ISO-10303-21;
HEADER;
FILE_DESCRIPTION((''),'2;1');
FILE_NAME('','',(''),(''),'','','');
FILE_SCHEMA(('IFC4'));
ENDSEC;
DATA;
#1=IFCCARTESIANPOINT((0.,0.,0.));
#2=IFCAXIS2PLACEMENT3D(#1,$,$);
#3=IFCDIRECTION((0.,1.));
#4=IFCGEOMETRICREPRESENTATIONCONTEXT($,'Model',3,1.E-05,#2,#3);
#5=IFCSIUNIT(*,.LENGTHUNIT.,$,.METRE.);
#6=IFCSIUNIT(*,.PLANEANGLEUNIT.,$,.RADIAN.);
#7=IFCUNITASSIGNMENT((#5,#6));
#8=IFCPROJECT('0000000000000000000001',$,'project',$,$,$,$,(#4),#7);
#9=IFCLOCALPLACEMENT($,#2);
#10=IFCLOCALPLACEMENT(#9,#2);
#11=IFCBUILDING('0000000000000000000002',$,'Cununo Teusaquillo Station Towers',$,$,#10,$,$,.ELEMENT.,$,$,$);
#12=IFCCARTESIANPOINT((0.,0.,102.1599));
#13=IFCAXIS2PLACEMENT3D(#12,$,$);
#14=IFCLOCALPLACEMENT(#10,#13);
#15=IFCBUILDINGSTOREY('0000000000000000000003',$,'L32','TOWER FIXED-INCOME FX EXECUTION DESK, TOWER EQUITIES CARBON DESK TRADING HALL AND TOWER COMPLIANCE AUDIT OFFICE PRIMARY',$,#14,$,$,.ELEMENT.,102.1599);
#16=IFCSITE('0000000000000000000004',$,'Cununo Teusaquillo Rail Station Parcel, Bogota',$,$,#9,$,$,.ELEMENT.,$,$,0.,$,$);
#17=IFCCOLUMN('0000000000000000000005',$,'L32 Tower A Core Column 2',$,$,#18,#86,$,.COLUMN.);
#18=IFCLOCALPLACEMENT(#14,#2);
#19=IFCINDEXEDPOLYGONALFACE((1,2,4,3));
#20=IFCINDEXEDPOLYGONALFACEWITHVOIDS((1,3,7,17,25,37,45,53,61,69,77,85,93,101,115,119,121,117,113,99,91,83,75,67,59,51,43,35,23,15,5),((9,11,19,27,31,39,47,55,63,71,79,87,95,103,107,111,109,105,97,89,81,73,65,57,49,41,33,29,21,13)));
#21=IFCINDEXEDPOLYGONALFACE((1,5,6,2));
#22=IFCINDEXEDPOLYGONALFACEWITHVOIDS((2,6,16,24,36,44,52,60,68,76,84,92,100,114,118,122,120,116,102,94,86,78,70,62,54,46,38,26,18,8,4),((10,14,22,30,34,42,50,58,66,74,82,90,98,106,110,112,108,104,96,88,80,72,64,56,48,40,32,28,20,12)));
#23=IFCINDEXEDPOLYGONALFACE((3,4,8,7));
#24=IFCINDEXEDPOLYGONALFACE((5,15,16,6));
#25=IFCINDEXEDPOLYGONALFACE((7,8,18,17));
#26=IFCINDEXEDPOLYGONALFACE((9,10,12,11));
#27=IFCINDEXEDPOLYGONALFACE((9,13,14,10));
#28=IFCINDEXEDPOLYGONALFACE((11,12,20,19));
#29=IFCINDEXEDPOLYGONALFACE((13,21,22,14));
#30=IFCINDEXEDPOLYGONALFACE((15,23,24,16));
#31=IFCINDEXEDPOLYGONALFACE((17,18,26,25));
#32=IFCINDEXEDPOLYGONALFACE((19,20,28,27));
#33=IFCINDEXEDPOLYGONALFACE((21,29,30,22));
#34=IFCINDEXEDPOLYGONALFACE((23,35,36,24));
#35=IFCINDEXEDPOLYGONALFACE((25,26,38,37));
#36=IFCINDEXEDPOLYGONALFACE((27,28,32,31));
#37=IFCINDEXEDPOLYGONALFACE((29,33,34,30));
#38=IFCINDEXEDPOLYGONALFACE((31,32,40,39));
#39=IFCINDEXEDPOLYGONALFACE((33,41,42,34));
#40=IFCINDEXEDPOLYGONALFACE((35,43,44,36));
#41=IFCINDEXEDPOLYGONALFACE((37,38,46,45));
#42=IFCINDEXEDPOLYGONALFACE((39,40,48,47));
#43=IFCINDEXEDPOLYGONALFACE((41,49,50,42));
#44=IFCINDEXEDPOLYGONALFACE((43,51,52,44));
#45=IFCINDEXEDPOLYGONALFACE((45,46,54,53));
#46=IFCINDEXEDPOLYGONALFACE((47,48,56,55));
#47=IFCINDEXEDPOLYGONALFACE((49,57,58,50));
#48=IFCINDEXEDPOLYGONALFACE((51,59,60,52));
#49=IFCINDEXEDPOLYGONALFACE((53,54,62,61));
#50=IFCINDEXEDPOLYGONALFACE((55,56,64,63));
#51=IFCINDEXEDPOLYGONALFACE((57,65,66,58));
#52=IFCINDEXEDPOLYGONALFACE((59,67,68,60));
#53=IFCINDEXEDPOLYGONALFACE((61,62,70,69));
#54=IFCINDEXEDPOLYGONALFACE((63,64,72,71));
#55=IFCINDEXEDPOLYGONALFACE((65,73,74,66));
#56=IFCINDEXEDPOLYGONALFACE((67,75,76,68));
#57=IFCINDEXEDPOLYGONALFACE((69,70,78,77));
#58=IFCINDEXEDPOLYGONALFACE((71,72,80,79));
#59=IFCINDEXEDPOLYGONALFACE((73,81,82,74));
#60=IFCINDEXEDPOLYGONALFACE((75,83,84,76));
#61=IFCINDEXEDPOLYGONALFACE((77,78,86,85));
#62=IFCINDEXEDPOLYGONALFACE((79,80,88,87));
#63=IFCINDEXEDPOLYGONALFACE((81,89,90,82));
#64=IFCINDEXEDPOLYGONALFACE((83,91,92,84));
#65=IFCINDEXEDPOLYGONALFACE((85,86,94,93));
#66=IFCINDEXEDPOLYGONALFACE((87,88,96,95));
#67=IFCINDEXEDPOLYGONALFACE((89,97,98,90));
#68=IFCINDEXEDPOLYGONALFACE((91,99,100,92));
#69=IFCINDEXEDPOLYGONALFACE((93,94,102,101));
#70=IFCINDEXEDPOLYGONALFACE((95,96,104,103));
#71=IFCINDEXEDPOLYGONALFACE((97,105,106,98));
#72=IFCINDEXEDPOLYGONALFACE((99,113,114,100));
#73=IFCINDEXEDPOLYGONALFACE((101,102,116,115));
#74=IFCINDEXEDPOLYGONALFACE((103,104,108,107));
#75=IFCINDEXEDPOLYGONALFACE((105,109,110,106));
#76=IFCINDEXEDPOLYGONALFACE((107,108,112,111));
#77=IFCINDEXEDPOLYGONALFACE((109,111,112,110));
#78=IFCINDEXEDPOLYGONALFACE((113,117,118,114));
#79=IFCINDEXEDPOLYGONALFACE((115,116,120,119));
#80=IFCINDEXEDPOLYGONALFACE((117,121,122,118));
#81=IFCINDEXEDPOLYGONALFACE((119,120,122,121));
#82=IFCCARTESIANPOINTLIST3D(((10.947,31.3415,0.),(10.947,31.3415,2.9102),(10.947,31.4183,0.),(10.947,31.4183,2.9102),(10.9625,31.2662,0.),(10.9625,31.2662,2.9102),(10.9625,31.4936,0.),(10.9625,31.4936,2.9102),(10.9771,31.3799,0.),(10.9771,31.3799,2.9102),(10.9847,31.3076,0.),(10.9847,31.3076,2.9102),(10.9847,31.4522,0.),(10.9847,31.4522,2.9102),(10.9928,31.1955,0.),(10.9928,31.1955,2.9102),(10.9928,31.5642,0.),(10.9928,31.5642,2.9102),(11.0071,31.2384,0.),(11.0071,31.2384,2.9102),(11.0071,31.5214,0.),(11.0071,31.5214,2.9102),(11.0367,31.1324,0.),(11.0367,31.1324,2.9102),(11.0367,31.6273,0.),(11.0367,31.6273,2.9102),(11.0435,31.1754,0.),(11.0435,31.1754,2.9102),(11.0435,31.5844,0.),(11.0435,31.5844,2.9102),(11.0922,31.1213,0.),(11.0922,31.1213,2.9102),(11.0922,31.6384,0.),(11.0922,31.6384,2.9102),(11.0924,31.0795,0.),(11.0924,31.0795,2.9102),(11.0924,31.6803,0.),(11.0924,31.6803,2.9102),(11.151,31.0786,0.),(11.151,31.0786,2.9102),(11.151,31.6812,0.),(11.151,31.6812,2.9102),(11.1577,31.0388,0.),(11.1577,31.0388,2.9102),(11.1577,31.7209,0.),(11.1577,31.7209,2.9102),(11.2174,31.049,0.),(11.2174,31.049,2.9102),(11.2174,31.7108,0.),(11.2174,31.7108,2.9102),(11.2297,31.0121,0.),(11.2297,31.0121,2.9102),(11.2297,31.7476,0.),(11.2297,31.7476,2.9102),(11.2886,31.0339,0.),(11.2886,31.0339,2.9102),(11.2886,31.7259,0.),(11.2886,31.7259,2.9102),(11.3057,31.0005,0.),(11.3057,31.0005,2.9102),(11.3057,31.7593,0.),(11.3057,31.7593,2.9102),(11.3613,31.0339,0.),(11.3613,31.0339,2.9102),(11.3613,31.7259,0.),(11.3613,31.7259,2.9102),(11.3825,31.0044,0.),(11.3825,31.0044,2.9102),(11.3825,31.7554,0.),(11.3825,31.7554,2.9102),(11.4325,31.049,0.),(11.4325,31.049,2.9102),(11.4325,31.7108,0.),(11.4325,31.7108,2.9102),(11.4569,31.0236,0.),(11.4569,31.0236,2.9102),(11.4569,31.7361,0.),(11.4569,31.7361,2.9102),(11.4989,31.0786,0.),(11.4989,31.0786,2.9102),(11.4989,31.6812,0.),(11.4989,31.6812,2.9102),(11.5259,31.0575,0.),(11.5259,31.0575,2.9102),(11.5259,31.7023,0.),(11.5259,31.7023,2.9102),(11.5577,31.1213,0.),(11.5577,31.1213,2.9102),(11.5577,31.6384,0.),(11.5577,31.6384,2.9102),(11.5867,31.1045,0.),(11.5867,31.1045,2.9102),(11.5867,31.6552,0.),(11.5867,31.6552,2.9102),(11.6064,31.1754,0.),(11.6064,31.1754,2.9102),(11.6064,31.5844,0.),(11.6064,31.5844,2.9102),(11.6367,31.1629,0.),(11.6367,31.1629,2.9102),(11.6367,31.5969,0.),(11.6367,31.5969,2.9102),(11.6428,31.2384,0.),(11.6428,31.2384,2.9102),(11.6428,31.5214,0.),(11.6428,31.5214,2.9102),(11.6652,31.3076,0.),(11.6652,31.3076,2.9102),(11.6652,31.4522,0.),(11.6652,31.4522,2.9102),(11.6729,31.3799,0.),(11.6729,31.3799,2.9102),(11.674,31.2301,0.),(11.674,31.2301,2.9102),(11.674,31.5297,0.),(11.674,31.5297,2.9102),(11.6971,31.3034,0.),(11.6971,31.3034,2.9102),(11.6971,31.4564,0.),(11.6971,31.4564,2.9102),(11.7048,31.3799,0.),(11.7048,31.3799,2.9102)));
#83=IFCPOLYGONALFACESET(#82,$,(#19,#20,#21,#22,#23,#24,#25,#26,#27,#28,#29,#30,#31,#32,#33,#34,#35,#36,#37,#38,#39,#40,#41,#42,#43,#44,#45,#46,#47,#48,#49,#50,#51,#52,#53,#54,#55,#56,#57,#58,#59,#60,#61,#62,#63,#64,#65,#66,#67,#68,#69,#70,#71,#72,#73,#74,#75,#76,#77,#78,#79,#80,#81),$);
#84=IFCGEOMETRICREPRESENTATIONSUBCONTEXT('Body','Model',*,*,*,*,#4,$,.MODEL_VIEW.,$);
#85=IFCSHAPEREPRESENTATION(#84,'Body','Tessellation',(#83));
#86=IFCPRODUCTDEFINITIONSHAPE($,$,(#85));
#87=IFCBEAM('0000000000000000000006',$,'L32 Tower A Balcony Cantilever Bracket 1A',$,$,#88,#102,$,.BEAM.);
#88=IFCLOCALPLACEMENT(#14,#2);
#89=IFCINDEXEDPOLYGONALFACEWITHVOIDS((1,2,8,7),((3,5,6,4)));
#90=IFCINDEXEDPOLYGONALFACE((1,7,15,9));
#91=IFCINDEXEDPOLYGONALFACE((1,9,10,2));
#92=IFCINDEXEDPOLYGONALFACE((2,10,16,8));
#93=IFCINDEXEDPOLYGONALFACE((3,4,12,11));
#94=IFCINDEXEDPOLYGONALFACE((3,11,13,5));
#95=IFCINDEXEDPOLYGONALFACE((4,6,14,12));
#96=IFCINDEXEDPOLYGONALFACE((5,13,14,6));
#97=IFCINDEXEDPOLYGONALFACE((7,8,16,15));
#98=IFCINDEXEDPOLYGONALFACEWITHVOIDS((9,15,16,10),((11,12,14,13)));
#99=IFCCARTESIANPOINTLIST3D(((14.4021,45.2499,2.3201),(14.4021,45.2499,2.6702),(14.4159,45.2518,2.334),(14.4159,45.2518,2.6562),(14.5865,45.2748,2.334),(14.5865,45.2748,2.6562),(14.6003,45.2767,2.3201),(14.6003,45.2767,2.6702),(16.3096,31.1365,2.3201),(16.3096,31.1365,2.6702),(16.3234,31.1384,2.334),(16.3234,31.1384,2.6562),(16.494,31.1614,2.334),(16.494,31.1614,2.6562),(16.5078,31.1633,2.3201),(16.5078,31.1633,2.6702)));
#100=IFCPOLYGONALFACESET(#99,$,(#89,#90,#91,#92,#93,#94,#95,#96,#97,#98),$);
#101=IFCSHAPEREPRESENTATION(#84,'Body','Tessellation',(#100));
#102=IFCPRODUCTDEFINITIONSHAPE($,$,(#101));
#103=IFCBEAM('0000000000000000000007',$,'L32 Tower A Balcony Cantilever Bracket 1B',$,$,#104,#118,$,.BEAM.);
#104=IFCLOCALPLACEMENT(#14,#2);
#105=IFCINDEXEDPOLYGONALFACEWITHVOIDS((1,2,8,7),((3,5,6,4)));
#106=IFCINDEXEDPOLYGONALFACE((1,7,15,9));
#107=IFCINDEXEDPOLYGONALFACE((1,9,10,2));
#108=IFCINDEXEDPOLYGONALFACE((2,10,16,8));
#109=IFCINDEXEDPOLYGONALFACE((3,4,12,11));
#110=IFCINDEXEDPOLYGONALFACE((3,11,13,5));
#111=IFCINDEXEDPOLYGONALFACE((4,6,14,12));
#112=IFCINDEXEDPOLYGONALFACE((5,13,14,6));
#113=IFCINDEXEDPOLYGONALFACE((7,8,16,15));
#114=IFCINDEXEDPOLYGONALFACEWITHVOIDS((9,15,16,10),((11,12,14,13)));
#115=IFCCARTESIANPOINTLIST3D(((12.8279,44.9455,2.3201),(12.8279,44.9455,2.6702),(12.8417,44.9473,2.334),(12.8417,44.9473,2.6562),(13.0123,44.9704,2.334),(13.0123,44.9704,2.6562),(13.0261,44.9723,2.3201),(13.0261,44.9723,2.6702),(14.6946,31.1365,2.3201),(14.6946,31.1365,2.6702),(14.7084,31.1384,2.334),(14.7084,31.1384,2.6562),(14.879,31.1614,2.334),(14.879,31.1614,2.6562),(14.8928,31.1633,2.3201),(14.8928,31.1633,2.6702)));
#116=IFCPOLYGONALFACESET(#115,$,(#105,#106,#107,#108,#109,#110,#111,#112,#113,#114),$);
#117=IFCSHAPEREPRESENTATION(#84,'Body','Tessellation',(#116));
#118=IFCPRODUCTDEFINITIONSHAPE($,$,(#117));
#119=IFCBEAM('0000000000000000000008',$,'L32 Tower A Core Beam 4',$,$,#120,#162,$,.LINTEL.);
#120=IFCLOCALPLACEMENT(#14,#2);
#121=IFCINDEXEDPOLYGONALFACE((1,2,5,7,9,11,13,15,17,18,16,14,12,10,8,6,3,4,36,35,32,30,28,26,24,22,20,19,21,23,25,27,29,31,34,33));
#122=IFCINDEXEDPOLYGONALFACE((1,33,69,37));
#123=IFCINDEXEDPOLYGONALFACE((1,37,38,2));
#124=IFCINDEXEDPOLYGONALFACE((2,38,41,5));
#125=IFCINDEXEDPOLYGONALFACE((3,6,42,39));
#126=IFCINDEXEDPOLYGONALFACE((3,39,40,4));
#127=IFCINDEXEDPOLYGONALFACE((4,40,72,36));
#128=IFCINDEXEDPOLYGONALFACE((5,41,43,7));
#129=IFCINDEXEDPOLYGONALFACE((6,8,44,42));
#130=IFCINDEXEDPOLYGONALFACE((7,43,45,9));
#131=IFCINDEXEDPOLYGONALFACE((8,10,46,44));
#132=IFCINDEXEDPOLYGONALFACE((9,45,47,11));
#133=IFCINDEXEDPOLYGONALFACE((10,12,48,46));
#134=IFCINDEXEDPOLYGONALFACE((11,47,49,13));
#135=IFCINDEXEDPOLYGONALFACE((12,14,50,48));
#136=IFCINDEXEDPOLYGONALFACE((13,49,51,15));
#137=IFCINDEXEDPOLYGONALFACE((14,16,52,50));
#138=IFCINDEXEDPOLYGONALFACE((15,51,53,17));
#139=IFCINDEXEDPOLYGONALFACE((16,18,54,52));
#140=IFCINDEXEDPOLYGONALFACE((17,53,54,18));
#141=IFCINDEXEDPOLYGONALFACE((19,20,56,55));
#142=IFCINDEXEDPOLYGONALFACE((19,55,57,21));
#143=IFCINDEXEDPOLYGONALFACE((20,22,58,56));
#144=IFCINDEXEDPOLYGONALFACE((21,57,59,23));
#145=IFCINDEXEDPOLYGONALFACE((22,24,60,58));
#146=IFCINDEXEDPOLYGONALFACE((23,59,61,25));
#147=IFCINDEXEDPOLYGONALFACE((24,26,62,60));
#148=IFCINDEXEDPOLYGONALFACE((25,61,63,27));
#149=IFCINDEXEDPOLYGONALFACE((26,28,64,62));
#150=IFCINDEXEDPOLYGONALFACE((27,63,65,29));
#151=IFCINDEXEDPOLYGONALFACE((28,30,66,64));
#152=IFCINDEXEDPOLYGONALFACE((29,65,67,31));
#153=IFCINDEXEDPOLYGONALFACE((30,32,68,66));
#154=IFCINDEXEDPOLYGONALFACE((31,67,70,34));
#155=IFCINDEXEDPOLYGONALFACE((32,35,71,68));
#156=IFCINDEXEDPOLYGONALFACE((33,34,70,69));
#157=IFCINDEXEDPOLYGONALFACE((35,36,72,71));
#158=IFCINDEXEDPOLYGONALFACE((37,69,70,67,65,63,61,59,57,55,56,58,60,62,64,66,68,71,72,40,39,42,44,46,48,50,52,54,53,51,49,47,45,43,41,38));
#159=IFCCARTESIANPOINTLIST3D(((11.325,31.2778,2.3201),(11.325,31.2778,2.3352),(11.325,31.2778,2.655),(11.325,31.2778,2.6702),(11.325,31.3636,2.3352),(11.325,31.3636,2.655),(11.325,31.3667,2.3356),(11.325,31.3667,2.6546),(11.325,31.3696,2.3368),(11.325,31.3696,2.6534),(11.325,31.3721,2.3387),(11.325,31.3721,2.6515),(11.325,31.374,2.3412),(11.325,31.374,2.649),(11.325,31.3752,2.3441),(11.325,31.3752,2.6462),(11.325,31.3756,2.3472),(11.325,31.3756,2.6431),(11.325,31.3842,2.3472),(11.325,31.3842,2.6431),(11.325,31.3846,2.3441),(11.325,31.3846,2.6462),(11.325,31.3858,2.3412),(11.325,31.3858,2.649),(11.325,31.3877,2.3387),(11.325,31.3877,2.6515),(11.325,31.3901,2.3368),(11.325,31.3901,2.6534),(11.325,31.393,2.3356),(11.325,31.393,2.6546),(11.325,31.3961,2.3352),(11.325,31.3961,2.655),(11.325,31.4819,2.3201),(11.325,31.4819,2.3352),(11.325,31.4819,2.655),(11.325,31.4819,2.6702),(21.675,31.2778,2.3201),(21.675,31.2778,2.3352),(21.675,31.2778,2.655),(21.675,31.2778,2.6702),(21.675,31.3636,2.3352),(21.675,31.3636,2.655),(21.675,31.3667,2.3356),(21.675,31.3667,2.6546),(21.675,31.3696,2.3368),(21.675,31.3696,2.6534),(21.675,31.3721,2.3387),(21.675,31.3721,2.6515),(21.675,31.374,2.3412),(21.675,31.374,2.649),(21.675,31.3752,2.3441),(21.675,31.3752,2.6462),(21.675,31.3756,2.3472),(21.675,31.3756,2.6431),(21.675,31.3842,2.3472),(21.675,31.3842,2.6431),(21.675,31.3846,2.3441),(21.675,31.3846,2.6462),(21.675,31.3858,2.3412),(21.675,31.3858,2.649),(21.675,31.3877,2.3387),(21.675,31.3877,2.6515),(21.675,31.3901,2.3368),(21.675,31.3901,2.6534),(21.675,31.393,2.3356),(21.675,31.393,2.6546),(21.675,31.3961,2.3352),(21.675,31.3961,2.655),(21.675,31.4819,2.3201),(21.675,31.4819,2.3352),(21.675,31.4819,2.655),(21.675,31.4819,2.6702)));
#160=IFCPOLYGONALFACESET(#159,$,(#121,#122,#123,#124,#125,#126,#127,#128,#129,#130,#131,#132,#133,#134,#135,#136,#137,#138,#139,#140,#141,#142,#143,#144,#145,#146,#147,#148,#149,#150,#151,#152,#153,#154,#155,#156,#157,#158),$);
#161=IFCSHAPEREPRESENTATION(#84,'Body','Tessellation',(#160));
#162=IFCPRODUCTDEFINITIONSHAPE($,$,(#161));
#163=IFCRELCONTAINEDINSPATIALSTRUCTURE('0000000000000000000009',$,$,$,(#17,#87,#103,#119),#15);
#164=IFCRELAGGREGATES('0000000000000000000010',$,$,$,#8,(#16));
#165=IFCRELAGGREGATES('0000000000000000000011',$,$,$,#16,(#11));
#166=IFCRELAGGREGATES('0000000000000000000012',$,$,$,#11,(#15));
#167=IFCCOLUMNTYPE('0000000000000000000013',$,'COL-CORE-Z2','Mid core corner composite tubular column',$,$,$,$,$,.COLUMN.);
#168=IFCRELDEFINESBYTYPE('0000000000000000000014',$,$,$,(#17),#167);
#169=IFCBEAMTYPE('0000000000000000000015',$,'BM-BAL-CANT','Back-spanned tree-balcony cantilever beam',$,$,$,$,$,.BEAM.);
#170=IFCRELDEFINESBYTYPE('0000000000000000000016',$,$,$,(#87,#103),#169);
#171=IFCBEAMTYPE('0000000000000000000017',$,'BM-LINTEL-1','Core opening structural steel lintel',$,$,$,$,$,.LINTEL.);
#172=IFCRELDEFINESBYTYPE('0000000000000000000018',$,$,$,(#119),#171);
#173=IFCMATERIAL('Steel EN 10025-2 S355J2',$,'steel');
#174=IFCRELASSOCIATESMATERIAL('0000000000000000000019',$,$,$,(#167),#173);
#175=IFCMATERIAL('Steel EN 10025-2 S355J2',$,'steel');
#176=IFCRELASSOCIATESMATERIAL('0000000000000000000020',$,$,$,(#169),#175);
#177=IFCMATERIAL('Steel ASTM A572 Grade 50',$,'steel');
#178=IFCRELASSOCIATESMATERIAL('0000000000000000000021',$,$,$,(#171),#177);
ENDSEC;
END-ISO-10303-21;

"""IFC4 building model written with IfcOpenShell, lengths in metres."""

from ifc_helpers import new_model, si_unit, direction, frame, origin, origin_2d, place, context, subcontext, project, spatial, hollow_rectangle, hollow_circle, i_section, extrude, material, material_profile, profile_set, type_object, element, save


model = new_model("IFC4")

# Units and contexts
model_context = context("Model", 3, precision=1e-05, world=origin(), true_north=direction((0.0, 1.0)))
body_context = subcontext(model_context, "Body", "Model", "MODEL_VIEW")
ifc_project = project(units=[si_unit("LENGTHUNIT", "METRE"), si_unit("PLANEANGLEUNIT", "RADIAN")], contexts=[model_context])

# Site, building, storey
site_placement = place(None, origin())
site = spatial("IfcSite", under=ifc_project, at=site_placement, Name="Cununo Teusaquillo Rail Station Parcel, Bogota", CompositionType="ELEMENT", RefElevation=0.0)
building_placement = place(site_placement, origin())
building = spatial("IfcBuilding", under=site, at=building_placement, Name="Cununo Teusaquillo Station Towers", CompositionType="ELEMENT")
storey_placement = place(building_placement, frame((0.0, 0.0, 102.1599)))
storey = spatial("IfcBuildingStorey", under=building, at=storey_placement, Name="L32", Description="TOWER FIXED-INCOME FX EXECUTION DESK, TOWER EQUITIES CARBON DESK TRADING HALL AND TOWER COMPLIANCE AUDIT OFFICE PRIMARY", CompositionType="ELEMENT", Elevation=102.1599)

# Column
ifc_material_1 = material(Name="Steel EN 10025-2 S355J2", Category="steel")
ifc_material_profile_1 = material_profile(ifc_material_1, hollow_circle(Radius=0.3799, WallThickness=0.032, at=origin_2d()), Name="CHS 760x32")
ifc_profile_set_1 = profile_set([ifc_material_profile_1], Name="Steel EN 10025-2 S355J2")
column_type = type_object("IfcColumnType", Name="COL-CORE-Z2", Description="Mid core corner composite tubular column", PredefinedType="COLUMN", material=ifc_profile_set_1)
column_placement = place(storey_placement, frame((11.325, 31.3799, 0.0), z_axis=(0.0, 0.0, 1.0), x_axis=(1.0, 0.0, 0.0)))
element("IfcColumn", 1, at=column_placement, inside=storey, type_object=column_type, Name="L32 Tower A Core Column 2", PredefinedType="COLUMN", context=body_context, shape_type="SweptSolid", body=[
    extrude(hollow_circle(Radius=0.3799, WallThickness=0.032, at=origin_2d()), origin(), (0.0, 0.0, 1.0), 2.9102),
])

# Beams
ifc_material_2 = material(Name="Steel EN 10025-2 S355J2", Category="steel")
ifc_material_profile_2 = material_profile(ifc_material_2, hollow_rectangle(XDim=0.2, YDim=0.3501, WallThickness=0.0139, at=origin_2d()), Name="RHS 350x200x14")
ifc_profile_set_2 = profile_set([ifc_material_profile_2], Name="Steel EN 10025-2 S355J2")
beam_type_1 = type_object("IfcBeamType", Name="BM-BAL-CANT", Description="Back-spanned tree-balcony cantilever beam", PredefinedType="BEAM", material=ifc_profile_set_2)
beam_1_placement = place(storey_placement, frame((16.4087, 31.1499, 2.4951), z_axis=(-0.133937, 0.99099, 0.0), x_axis=(-0.99099, -0.133937, 0.0)))
element("IfcBeam", 2, at=beam_1_placement, inside=storey, type_object=beam_type_1, Name="L32 Tower A Balcony Cantilever Bracket 1A", PredefinedType="BEAM", context=body_context, shape_type="SweptSolid", body=[
    extrude(hollow_rectangle(XDim=0.2, YDim=0.3501, WallThickness=0.0139, at=origin_2d()), origin(), (0.0, 0.0, 1.0), 14.2417),
])
beam_2_placement = place(storey_placement, frame((14.7937, 31.1499, 2.4951), z_axis=(-0.133961, 0.990987, 0.0), x_axis=(-0.990987, -0.133961, 0.0)))
element("IfcBeam", 3, at=beam_2_placement, inside=storey, type_object=beam_type_1, Name="L32 Tower A Balcony Cantilever Bracket 1B", PredefinedType="BEAM", context=body_context, shape_type="SweptSolid", body=[
    extrude(hollow_rectangle(XDim=0.2, YDim=0.3501, WallThickness=0.0139, at=origin_2d()), origin(), (0.0, 0.0, 1.0), 13.9346),
])
ifc_material_3 = material(Name="Steel ASTM A572 Grade 50", Category="steel")
ifc_material_profile_3 = material_profile(ifc_material_3, i_section(OverallWidth=0.2041, OverallDepth=0.3501, WebThickness=0.0085, FlangeThickness=0.0151, FilletRadius=0.012, at=origin_2d()), Name="W14X48")
ifc_profile_set_3 = profile_set([ifc_material_profile_3], Name="Steel ASTM A572 Grade 50")
beam_type_2 = type_object("IfcBeamType", Name="BM-LINTEL-1", Description="Core opening structural steel lintel", PredefinedType="LINTEL", material=ifc_profile_set_3)
beam_3_placement = place(storey_placement, frame((11.325, 31.3799, 2.4951), z_axis=(1.0, 0.0, 0.0), x_axis=(0.0, 1.0, 0.0)))
element("IfcBeam", 4, at=beam_3_placement, inside=storey, type_object=beam_type_2, Name="L32 Tower A Core Beam 4", PredefinedType="LINTEL", context=body_context, shape_type="SweptSolid", body=[
    extrude(i_section(OverallWidth=0.2041, OverallDepth=0.3501, WebThickness=0.0085, FlangeThickness=0.0151, FilletRadius=0.012, at=origin_2d()), origin(), (0.0, 0.0, 1.0), 10.3501),
])

save(model, "model.ifc")
